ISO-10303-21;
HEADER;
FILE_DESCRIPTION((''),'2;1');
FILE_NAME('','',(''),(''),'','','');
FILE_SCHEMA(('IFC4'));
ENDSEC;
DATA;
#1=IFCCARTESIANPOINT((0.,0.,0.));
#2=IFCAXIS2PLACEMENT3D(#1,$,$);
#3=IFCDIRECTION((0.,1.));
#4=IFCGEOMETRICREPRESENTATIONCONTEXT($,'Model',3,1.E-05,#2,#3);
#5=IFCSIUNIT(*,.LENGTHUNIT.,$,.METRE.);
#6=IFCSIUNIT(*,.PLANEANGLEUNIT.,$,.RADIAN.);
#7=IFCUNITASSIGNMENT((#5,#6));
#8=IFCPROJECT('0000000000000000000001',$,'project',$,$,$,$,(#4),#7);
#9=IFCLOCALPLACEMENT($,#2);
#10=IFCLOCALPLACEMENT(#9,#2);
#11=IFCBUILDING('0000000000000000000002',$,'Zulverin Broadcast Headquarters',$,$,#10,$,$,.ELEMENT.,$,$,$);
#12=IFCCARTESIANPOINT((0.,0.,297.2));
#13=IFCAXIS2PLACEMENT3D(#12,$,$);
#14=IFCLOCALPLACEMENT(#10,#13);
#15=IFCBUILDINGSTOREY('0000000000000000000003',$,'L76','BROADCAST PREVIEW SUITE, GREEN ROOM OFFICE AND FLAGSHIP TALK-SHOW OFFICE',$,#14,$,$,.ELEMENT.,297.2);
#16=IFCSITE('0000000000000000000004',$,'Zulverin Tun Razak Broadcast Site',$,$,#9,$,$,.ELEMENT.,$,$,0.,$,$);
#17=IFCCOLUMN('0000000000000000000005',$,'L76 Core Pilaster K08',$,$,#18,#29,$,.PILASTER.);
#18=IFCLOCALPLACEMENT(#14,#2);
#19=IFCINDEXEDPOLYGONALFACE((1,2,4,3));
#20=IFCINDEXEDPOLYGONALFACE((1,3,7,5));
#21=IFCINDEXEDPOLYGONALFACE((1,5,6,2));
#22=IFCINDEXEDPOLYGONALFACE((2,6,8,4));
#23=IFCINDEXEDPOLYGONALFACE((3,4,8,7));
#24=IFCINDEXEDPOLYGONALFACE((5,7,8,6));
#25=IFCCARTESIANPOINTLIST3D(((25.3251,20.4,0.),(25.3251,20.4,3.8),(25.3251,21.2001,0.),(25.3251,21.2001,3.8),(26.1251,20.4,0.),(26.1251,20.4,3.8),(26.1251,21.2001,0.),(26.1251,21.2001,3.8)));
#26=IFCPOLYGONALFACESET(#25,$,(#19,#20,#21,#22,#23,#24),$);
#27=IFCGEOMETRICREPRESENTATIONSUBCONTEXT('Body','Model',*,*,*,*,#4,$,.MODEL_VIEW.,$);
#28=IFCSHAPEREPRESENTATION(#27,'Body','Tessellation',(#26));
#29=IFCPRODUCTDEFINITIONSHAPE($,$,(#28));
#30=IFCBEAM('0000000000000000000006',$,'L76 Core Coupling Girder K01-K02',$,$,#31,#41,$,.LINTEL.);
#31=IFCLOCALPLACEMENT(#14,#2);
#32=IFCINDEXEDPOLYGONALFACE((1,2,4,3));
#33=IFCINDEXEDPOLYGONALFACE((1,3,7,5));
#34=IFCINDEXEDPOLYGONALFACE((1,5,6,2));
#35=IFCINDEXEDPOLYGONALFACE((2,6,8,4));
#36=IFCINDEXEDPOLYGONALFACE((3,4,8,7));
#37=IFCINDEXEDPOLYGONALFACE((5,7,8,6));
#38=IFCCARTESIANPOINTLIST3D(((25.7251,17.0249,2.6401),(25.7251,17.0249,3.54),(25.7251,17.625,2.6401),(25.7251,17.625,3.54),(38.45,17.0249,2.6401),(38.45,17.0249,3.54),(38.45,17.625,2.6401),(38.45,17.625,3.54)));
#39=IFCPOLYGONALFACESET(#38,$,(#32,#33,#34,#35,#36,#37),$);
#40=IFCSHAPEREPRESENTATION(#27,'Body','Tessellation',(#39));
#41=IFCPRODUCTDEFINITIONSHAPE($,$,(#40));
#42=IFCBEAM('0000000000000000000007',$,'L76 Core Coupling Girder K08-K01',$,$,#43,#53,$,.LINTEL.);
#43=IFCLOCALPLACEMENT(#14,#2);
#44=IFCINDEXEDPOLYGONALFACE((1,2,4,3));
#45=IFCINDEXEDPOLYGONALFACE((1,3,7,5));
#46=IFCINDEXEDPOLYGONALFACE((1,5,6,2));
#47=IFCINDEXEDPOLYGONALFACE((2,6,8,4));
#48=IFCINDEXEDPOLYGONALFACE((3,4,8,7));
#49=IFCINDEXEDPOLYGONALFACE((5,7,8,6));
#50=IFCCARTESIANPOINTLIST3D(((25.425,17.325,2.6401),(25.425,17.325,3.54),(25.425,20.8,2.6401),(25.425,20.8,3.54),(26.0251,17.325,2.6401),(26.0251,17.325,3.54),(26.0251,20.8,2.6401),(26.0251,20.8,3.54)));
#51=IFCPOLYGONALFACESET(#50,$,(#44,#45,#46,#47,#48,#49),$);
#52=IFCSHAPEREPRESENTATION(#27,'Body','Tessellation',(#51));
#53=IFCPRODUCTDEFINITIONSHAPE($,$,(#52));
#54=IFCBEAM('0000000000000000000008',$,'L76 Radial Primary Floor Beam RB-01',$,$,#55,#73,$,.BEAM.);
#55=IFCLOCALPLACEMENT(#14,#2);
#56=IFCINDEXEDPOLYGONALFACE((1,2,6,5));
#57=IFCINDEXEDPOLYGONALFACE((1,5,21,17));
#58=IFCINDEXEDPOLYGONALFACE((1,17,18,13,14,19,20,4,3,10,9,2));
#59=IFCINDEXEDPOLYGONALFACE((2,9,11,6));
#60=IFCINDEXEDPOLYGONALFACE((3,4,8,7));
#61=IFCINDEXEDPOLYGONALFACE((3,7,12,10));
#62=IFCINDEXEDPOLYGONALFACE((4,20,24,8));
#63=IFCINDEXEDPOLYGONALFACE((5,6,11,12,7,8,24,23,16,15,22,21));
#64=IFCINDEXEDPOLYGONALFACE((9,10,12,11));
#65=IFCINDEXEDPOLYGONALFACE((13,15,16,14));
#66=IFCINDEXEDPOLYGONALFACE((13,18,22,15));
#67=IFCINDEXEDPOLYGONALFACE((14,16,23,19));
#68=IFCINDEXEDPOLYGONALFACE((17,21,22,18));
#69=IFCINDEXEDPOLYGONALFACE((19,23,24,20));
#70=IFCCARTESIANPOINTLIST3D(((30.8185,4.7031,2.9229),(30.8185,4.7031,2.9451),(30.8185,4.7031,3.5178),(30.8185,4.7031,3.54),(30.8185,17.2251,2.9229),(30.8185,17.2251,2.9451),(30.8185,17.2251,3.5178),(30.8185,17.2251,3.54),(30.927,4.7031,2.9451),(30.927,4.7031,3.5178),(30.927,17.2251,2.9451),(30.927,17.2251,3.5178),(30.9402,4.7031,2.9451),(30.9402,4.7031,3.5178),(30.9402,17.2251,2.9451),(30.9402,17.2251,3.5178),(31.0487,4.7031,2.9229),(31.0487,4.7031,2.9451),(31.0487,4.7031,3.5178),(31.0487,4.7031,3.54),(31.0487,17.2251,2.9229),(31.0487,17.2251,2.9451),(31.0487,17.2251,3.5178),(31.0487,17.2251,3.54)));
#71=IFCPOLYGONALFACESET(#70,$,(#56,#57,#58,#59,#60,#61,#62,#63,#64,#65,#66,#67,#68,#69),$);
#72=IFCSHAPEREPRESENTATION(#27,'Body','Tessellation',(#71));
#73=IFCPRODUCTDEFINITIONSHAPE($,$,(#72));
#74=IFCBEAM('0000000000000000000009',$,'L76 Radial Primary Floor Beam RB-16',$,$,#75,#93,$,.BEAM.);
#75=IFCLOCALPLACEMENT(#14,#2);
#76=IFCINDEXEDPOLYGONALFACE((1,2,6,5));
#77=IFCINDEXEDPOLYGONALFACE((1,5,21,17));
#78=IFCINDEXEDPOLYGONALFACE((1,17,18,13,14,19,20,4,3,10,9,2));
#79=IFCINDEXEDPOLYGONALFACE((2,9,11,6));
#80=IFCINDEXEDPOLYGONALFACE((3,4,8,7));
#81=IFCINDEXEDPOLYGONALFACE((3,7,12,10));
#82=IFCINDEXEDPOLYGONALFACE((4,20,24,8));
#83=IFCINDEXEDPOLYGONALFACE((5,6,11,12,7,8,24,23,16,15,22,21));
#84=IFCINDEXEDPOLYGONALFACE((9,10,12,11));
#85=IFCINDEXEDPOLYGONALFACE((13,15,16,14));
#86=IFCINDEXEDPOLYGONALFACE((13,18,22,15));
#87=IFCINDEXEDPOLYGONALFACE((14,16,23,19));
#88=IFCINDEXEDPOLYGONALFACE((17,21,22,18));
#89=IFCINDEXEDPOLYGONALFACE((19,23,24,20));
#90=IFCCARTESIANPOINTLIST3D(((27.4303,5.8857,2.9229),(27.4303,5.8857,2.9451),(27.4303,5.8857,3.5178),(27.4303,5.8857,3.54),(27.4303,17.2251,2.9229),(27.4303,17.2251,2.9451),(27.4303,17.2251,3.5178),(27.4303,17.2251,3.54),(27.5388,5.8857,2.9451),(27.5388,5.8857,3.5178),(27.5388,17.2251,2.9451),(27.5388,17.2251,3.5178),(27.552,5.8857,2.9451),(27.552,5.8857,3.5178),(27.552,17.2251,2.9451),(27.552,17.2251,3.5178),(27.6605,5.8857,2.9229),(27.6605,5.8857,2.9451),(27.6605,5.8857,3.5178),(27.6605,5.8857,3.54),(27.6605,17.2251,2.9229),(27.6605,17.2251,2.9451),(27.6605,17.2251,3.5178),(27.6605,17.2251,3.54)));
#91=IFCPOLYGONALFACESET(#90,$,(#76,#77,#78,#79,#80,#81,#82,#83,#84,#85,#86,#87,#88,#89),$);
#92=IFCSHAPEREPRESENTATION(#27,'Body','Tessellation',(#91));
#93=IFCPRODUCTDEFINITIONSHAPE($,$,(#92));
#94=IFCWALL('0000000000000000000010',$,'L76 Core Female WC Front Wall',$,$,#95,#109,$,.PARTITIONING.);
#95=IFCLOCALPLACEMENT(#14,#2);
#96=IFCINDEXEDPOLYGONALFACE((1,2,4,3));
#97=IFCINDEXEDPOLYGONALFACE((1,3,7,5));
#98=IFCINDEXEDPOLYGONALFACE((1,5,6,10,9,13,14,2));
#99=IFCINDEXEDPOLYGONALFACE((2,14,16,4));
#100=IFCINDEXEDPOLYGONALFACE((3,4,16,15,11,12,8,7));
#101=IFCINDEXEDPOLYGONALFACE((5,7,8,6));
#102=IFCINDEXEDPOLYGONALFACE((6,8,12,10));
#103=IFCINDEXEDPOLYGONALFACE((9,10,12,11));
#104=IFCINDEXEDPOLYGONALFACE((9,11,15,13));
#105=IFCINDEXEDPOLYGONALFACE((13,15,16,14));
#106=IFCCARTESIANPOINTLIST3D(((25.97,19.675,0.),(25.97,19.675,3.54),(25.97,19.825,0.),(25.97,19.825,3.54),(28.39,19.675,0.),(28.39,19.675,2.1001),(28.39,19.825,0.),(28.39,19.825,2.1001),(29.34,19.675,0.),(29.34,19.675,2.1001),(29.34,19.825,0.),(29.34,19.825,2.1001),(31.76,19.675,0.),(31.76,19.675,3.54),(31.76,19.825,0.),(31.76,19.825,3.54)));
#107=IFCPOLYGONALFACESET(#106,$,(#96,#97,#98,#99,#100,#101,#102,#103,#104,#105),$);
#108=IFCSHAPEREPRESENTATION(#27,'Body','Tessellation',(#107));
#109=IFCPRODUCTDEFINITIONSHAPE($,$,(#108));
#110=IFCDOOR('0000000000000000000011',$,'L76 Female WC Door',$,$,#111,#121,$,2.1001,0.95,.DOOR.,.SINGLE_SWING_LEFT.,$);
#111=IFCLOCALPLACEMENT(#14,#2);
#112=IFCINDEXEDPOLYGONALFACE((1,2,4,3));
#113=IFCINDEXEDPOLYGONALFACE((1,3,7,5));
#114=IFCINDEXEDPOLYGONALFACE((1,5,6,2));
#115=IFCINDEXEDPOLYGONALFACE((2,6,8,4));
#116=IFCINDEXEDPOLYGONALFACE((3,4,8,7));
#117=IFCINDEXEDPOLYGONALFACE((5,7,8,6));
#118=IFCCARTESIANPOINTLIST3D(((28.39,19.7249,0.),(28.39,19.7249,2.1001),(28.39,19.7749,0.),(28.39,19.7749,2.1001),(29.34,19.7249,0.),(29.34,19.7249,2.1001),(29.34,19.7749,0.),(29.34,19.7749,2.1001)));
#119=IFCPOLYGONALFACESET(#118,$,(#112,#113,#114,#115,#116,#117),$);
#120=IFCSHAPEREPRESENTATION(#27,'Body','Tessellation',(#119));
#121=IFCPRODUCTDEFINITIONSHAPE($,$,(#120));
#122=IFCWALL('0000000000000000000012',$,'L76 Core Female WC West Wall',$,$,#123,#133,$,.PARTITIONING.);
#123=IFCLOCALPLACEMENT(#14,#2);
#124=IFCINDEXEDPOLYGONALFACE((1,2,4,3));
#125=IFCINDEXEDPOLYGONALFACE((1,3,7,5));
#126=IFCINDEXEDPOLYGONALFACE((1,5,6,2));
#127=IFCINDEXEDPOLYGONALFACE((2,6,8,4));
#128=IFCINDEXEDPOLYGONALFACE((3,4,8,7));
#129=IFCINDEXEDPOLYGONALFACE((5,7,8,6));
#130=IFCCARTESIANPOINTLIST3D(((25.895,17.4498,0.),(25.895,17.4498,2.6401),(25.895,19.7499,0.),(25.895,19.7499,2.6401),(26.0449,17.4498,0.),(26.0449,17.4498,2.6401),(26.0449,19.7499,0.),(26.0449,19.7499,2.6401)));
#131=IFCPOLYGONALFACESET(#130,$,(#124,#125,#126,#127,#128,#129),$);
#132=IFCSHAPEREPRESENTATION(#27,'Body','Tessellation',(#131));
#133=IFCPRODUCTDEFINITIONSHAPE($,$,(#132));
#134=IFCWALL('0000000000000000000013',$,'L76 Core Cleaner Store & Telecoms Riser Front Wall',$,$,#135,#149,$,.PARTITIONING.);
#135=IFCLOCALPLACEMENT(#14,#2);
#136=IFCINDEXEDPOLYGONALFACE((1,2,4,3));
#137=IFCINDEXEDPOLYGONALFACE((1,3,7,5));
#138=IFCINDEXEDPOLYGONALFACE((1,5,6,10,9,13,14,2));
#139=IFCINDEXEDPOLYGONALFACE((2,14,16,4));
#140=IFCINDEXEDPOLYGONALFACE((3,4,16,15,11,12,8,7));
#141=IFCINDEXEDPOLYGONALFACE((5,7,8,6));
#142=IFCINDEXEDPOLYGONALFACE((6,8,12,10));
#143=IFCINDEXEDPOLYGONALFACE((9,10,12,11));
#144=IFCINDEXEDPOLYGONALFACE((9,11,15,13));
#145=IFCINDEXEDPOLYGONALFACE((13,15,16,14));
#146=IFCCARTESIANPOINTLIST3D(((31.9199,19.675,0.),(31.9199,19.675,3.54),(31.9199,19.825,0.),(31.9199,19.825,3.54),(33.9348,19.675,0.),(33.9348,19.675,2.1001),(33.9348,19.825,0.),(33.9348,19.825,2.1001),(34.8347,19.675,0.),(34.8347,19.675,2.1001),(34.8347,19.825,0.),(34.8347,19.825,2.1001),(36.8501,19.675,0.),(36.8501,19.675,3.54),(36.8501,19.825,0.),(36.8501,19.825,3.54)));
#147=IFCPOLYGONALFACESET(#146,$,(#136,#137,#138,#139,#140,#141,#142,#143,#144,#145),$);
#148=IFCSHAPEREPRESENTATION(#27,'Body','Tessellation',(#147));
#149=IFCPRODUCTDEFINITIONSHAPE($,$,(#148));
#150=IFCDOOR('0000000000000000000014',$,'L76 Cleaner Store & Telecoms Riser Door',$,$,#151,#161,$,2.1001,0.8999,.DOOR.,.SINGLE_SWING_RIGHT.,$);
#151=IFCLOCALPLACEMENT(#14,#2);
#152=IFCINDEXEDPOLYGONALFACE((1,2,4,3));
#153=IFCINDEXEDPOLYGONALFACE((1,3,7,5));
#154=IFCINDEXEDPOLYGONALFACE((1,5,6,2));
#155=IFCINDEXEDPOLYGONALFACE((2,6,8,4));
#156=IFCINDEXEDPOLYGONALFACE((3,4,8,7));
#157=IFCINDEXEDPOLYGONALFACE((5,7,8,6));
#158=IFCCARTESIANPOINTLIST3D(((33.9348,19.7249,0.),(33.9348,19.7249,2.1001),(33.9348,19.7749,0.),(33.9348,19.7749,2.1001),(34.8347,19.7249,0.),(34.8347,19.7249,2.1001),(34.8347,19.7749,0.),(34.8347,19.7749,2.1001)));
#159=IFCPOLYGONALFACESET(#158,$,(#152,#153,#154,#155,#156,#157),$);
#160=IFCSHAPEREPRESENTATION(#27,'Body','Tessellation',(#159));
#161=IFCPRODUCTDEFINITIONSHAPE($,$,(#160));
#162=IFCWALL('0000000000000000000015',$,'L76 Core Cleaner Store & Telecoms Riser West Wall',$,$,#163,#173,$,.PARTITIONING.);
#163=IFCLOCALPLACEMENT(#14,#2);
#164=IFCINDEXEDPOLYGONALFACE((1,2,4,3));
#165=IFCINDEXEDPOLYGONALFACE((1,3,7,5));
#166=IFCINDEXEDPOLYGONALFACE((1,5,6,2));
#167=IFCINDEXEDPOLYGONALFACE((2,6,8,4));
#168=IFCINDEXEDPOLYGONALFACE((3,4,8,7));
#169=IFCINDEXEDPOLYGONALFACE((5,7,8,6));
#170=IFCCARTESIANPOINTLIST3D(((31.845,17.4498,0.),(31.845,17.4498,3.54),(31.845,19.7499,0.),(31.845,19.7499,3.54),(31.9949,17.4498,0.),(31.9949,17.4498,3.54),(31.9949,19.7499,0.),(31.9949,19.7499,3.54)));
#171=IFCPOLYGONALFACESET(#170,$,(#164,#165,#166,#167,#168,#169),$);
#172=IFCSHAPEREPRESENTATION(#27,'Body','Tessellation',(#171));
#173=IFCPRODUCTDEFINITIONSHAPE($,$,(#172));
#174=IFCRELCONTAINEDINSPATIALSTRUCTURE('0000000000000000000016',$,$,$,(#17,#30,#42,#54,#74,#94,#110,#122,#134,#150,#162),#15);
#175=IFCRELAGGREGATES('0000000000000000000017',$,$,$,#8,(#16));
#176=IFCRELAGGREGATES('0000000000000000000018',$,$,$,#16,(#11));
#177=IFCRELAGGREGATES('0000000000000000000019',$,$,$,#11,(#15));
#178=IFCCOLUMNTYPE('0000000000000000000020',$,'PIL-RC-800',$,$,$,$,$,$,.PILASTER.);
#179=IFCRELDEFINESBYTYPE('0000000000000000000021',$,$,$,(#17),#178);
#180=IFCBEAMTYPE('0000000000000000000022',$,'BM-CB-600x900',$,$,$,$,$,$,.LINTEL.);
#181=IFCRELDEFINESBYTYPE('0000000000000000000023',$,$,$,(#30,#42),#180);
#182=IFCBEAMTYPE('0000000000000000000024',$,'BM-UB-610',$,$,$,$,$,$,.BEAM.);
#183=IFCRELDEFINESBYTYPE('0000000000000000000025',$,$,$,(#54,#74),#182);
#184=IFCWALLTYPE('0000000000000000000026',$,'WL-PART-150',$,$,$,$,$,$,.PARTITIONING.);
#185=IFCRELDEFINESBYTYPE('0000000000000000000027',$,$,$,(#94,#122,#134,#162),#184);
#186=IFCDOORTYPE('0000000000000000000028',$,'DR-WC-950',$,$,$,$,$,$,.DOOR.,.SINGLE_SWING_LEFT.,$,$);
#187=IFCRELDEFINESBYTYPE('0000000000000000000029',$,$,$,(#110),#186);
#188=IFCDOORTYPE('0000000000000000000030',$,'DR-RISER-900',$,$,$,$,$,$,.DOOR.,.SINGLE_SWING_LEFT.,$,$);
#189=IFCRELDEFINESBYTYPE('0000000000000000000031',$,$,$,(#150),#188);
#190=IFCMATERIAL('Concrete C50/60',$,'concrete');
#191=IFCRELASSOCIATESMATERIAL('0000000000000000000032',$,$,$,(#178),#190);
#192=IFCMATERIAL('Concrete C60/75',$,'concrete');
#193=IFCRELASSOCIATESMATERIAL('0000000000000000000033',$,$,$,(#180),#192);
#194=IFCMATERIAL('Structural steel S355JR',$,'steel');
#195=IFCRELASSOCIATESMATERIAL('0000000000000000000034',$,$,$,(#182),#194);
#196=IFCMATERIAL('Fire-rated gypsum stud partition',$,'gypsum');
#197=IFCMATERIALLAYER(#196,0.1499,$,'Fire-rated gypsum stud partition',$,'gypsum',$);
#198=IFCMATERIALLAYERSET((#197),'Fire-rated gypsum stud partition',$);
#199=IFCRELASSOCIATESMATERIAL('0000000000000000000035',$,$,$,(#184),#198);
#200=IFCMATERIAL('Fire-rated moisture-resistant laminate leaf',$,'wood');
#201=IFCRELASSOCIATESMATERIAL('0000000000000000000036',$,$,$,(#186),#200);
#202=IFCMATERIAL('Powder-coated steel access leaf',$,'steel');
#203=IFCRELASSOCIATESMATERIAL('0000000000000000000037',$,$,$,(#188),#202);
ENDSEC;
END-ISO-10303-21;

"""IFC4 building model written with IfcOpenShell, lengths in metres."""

from ifc_helpers import new_model, si_unit, direction, frame, frame_2d, origin, origin_2d, place, context, subcontext, project, spatial, rectangle, i_section, extrude, material, layer, layer_set, material_profile, profile_set, type_object, element, fill, save


model = new_model("IFC4")

# Units and contexts
model_context = context("Model", 3, precision=1e-05, world=origin(), true_north=direction((0.0, 1.0)))
body_context = subcontext(model_context, "Body", "Model", "MODEL_VIEW")
ifc_project = project(units=[si_unit("LENGTHUNIT", "METRE"), si_unit("PLANEANGLEUNIT", "RADIAN")], contexts=[model_context])

# Site, building, storey
site_placement = place(None, origin())
site = spatial("IfcSite", under=ifc_project, at=site_placement, Name="Zulverin Tun Razak Broadcast Site", CompositionType="ELEMENT", RefElevation=0.0)
building_placement = place(site_placement, origin())
building = spatial("IfcBuilding", under=site, at=building_placement, Name="Zulverin Broadcast Headquarters", CompositionType="ELEMENT")
storey_placement = place(building_placement, frame((0.0, 0.0, 297.2)))
storey = spatial("IfcBuildingStorey", under=building, at=storey_placement, Name="L76", Description="BROADCAST PREVIEW SUITE, GREEN ROOM OFFICE AND FLAGSHIP TALK-SHOW OFFICE", CompositionType="ELEMENT", Elevation=297.2)

# Column
ifc_material_1 = material(Name="Concrete C50/60", Category="concrete")
ifc_material_profile_1 = material_profile(ifc_material_1, rectangle(XDim=0.8, YDim=0.8, at=origin_2d()), Name="Concrete C50/60", Category="concrete")
ifc_profile_set_1 = profile_set([ifc_material_profile_1], Name="Concrete C50/60")
column_type = type_object("IfcColumnType", Name="PIL-RC-800", PredefinedType="PILASTER", material=ifc_profile_set_1)
column_placement = place(storey_placement, frame((25.7251, 20.8, 0.0), z_axis=(0.0, 0.0, 1.0), x_axis=(1.0, 0.0, 0.0)))
element("IfcColumn", 1, at=column_placement, inside=storey, type_object=column_type, Name="L76 Core Pilaster K08", PredefinedType="PILASTER", context=body_context, shape_type="SweptSolid", body=[
    extrude(rectangle(XDim=0.8, YDim=0.8, at=origin_2d()), origin(), (0.0, 0.0, 1.0), 3.8),
])

# Beams
ifc_material_2 = material(Name="Concrete C60/75", Category="concrete")
ifc_material_profile_2 = material_profile(ifc_material_2, rectangle(XDim=0.6001, YDim=0.8999, at=origin_2d()), Name="Concrete C60/75", Category="concrete")
ifc_profile_set_2 = profile_set([ifc_material_profile_2], Name="Concrete C60/75")
beam_type_1 = type_object("IfcBeamType", Name="BM-CB-600x900", PredefinedType="LINTEL", material=ifc_profile_set_2)
beam_1_placement = place(storey_placement, frame((25.7251, 17.325, 3.0901), z_axis=(1.0, 0.0, 0.0), x_axis=(0.0, 1.0, 0.0)))
element("IfcBeam", 2, at=beam_1_placement, inside=storey, type_object=beam_type_1, Name="L76 Core Coupling Girder K01-K02", PredefinedType="LINTEL", context=body_context, shape_type="SweptSolid", body=[
    extrude(rectangle(XDim=0.6001, YDim=0.8999, at=origin_2d()), origin(), (0.0, 0.0, 1.0), 12.7249),
])
beam_2_placement = place(storey_placement, frame((25.7251, 20.8, 3.0901), z_axis=(0.0, -1.0, 0.0), x_axis=(1.0, 0.0, 0.0)))
element("IfcBeam", 3, at=beam_2_placement, inside=storey, type_object=beam_type_1, Name="L76 Core Coupling Girder K08-K01", PredefinedType="LINTEL", context=body_context, shape_type="SweptSolid", body=[
    extrude(rectangle(XDim=0.6001, YDim=0.8999, at=origin_2d()), origin(), (0.0, 0.0, 1.0), 3.4751),
])
ifc_material_3 = material(Name="Structural steel S355JR", Category="steel")
ifc_material_profile_3 = material_profile(ifc_material_3, i_section(OverallWidth=0.2302, OverallDepth=0.6172, WebThickness=0.0132, FlangeThickness=0.0222, at=origin_2d()), Name="Structural steel S355JR", Category="steel")
ifc_profile_set_3 = profile_set([ifc_material_profile_3], Name="Structural steel S355JR")
beam_type_2 = type_object("IfcBeamType", Name="BM-UB-610", PredefinedType="BEAM", material=ifc_profile_set_3)
beam_3_placement = place(storey_placement, frame((30.9336, 17.2251, 3.2314), z_axis=(0.0, -1.0, 0.0), x_axis=(1.0, 0.0, 0.0)))
element("IfcBeam", 4, at=beam_3_placement, inside=storey, type_object=beam_type_2, Name="L76 Radial Primary Floor Beam RB-01", PredefinedType="BEAM", context=body_context, shape_type="SweptSolid", body=[
    extrude(i_section(OverallWidth=0.2302, OverallDepth=0.6172, WebThickness=0.0132, FlangeThickness=0.0222, at=origin_2d()), origin(), (0.0, 0.0, 1.0), 12.522),
])
beam_4_placement = place(storey_placement, frame((27.5454, 17.2251, 3.2314), z_axis=(0.0, -1.0, 0.0), x_axis=(1.0, 0.0, 0.0)))
element("IfcBeam", 5, at=beam_4_placement, inside=storey, type_object=beam_type_2, Name="L76 Radial Primary Floor Beam RB-16", PredefinedType="BEAM", context=body_context, shape_type="SweptSolid", body=[
    extrude(i_section(OverallWidth=0.2302, OverallDepth=0.6172, WebThickness=0.0132, FlangeThickness=0.0222, at=origin_2d()), origin(), (0.0, 0.0, 1.0), 11.3394),
])

# Wall, opening, door
ifc_material_4 = material(Name="Fire-rated gypsum stud partition", Category="gypsum")
ifc_layer = layer(ifc_material_4, 0.1499, Name="Fire-rated gypsum stud partition", Category="gypsum")
ifc_layer_set = layer_set([ifc_layer], Name="Fire-rated gypsum stud partition")
wall_type = type_object("IfcWallType", Name="WL-PART-150", PredefinedType="PARTITIONING", material=ifc_layer_set)
wall_1_placement = place(storey_placement, frame((25.97, 19.75, 0.0), z_axis=(0.0, 0.0, 1.0), x_axis=(1.0, 0.0, 0.0)))
wall_1 = element("IfcWall", 6, at=wall_1_placement, inside=storey, type_object=wall_type, Name="L76 Core Female WC Front Wall", PredefinedType="PARTITIONING", context=body_context, shape_type="SweptSolid", body=[
    extrude(rectangle(XDim=5.79, YDim=0.1499, at=frame_2d((2.895, 0.0))), origin(), (0.0, 0.0, 1.0), 3.54),
])
opening_1_placement = place(wall_1_placement, frame((2.4199, 0.0, 0.0)))
opening_1 = element("IfcOpeningElement", 7, at=opening_1_placement, cuts=wall_1, PredefinedType="OPENING", context=body_context, shape_type="SweptSolid", body=[
    extrude(rectangle(XDim=0.95, YDim=2.1001, at=frame_2d((0.4751, 1.05))), frame((0.0, 0.085, 0.0), z_axis=(0.0, -1.0, 0.0), x_axis=(1.0, 0.0, 0.0)), (0.0, 0.0, 1.0), 0.1699),
])
ifc_material_5 = material(Name="Fire-rated moisture-resistant laminate leaf", Category="wood")
door_type_1 = type_object("IfcDoorType", Name="DR-WC-950", OperationType="SINGLE_SWING_LEFT", PredefinedType="DOOR", material=ifc_material_5)
door_1_placement = place(opening_1_placement, origin())
door_1 = element("IfcDoor", 8, at=door_1_placement, inside=storey, type_object=door_type_1, Name="L76 Female WC Door", OperationType="SINGLE_SWING_LEFT", OverallHeight=2.1001, OverallWidth=0.95, PredefinedType="DOOR", context=body_context, shape_type="SweptSolid", body=[
    extrude(rectangle(XDim=0.95, YDim=2.1001, at=frame_2d((0.4751, 1.05))), frame((0.0, 0.0249, 0.0), z_axis=(0.0, -1.0, 0.0), x_axis=(1.0, 0.0, 0.0)), (0.0, 0.0, 1.0), 0.05),
])
fill(opening_1, door_1)

# Wall
wall_2_placement = place(storey_placement, frame((25.97, 17.45, 0.0), z_axis=(0.0, 0.0, 1.0), x_axis=(0.0, 1.0, 0.0)))
element("IfcWall", 9, at=wall_2_placement, inside=storey, type_object=wall_type, Name="L76 Core Female WC West Wall", PredefinedType="PARTITIONING", context=body_context, shape_type="SweptSolid", body=[
    extrude(rectangle(XDim=2.3, YDim=0.1499, at=frame_2d((1.1499, 0.0))), origin(), (0.0, 0.0, 1.0), 2.6401),
])

# Wall, opening, door
wall_3_placement = place(storey_placement, frame((31.9199, 19.75, 0.0), z_axis=(0.0, 0.0, 1.0), x_axis=(1.0, 0.0, 0.0)))
wall_3 = element("IfcWall", 10, at=wall_3_placement, inside=storey, type_object=wall_type, Name="L76 Core Cleaner Store & Telecoms Riser Front Wall", PredefinedType="PARTITIONING", context=body_context, shape_type="SweptSolid", body=[
    extrude(rectangle(XDim=4.9302, YDim=0.1499, at=frame_2d((2.4651, 0.0))), origin(), (0.0, 0.0, 1.0), 3.54),
])
opening_2_placement = place(wall_3_placement, frame((2.0149, 0.0, 0.0)))
opening_2 = element("IfcOpeningElement", 11, at=opening_2_placement, cuts=wall_3, PredefinedType="OPENING", context=body_context, shape_type="SweptSolid", body=[
    extrude(rectangle(XDim=0.8999, YDim=2.1001, at=frame_2d((0.45, 1.05))), frame((0.0, 0.085, 0.0), z_axis=(0.0, -1.0, 0.0), x_axis=(1.0, 0.0, 0.0)), (0.0, 0.0, 1.0), 0.1699),
])
ifc_material_6 = material(Name="Powder-coated steel access leaf", Category="steel")
door_type_2 = type_object("IfcDoorType", Name="DR-RISER-900", OperationType="SINGLE_SWING_LEFT", PredefinedType="DOOR", material=ifc_material_6)
door_2_placement = place(opening_2_placement, origin())
door_2 = element("IfcDoor", 12, at=door_2_placement, inside=storey, type_object=door_type_2, Name="L76 Cleaner Store & Telecoms Riser Door", OperationType="SINGLE_SWING_RIGHT", OverallHeight=2.1001, OverallWidth=0.8999, PredefinedType="DOOR", context=body_context, shape_type="SweptSolid", body=[
    extrude(rectangle(XDim=0.8999, YDim=2.1001, at=frame_2d((0.45, 1.05))), frame((0.0, 0.0249, 0.0), z_axis=(0.0, -1.0, 0.0), x_axis=(1.0, 0.0, 0.0)), (0.0, 0.0, 1.0), 0.05),
])
fill(opening_2, door_2)

# Wall
for number, where, z_axis, x_axis, name in (
    (13, (31.9199, 17.45, 0.0), (0.0, 0.0, 1.0), (0.0, 1.0, 0.0), "L76 Core Cleaner Store & Telecoms Riser West Wall"),
):
    element("IfcWall", number, at=place(storey_placement, frame(where, z_axis=z_axis, x_axis=x_axis)), inside=storey, type_object=wall_type, Name=name, PredefinedType="PARTITIONING", context=body_context, shape_type="SweptSolid", body=[
        extrude(rectangle(XDim=2.3, YDim=0.1499, at=frame_2d((1.1499, 0.0))), origin(), (0.0, 0.0, 1.0), 3.54),
    ])

save(model, "model.ifc")
